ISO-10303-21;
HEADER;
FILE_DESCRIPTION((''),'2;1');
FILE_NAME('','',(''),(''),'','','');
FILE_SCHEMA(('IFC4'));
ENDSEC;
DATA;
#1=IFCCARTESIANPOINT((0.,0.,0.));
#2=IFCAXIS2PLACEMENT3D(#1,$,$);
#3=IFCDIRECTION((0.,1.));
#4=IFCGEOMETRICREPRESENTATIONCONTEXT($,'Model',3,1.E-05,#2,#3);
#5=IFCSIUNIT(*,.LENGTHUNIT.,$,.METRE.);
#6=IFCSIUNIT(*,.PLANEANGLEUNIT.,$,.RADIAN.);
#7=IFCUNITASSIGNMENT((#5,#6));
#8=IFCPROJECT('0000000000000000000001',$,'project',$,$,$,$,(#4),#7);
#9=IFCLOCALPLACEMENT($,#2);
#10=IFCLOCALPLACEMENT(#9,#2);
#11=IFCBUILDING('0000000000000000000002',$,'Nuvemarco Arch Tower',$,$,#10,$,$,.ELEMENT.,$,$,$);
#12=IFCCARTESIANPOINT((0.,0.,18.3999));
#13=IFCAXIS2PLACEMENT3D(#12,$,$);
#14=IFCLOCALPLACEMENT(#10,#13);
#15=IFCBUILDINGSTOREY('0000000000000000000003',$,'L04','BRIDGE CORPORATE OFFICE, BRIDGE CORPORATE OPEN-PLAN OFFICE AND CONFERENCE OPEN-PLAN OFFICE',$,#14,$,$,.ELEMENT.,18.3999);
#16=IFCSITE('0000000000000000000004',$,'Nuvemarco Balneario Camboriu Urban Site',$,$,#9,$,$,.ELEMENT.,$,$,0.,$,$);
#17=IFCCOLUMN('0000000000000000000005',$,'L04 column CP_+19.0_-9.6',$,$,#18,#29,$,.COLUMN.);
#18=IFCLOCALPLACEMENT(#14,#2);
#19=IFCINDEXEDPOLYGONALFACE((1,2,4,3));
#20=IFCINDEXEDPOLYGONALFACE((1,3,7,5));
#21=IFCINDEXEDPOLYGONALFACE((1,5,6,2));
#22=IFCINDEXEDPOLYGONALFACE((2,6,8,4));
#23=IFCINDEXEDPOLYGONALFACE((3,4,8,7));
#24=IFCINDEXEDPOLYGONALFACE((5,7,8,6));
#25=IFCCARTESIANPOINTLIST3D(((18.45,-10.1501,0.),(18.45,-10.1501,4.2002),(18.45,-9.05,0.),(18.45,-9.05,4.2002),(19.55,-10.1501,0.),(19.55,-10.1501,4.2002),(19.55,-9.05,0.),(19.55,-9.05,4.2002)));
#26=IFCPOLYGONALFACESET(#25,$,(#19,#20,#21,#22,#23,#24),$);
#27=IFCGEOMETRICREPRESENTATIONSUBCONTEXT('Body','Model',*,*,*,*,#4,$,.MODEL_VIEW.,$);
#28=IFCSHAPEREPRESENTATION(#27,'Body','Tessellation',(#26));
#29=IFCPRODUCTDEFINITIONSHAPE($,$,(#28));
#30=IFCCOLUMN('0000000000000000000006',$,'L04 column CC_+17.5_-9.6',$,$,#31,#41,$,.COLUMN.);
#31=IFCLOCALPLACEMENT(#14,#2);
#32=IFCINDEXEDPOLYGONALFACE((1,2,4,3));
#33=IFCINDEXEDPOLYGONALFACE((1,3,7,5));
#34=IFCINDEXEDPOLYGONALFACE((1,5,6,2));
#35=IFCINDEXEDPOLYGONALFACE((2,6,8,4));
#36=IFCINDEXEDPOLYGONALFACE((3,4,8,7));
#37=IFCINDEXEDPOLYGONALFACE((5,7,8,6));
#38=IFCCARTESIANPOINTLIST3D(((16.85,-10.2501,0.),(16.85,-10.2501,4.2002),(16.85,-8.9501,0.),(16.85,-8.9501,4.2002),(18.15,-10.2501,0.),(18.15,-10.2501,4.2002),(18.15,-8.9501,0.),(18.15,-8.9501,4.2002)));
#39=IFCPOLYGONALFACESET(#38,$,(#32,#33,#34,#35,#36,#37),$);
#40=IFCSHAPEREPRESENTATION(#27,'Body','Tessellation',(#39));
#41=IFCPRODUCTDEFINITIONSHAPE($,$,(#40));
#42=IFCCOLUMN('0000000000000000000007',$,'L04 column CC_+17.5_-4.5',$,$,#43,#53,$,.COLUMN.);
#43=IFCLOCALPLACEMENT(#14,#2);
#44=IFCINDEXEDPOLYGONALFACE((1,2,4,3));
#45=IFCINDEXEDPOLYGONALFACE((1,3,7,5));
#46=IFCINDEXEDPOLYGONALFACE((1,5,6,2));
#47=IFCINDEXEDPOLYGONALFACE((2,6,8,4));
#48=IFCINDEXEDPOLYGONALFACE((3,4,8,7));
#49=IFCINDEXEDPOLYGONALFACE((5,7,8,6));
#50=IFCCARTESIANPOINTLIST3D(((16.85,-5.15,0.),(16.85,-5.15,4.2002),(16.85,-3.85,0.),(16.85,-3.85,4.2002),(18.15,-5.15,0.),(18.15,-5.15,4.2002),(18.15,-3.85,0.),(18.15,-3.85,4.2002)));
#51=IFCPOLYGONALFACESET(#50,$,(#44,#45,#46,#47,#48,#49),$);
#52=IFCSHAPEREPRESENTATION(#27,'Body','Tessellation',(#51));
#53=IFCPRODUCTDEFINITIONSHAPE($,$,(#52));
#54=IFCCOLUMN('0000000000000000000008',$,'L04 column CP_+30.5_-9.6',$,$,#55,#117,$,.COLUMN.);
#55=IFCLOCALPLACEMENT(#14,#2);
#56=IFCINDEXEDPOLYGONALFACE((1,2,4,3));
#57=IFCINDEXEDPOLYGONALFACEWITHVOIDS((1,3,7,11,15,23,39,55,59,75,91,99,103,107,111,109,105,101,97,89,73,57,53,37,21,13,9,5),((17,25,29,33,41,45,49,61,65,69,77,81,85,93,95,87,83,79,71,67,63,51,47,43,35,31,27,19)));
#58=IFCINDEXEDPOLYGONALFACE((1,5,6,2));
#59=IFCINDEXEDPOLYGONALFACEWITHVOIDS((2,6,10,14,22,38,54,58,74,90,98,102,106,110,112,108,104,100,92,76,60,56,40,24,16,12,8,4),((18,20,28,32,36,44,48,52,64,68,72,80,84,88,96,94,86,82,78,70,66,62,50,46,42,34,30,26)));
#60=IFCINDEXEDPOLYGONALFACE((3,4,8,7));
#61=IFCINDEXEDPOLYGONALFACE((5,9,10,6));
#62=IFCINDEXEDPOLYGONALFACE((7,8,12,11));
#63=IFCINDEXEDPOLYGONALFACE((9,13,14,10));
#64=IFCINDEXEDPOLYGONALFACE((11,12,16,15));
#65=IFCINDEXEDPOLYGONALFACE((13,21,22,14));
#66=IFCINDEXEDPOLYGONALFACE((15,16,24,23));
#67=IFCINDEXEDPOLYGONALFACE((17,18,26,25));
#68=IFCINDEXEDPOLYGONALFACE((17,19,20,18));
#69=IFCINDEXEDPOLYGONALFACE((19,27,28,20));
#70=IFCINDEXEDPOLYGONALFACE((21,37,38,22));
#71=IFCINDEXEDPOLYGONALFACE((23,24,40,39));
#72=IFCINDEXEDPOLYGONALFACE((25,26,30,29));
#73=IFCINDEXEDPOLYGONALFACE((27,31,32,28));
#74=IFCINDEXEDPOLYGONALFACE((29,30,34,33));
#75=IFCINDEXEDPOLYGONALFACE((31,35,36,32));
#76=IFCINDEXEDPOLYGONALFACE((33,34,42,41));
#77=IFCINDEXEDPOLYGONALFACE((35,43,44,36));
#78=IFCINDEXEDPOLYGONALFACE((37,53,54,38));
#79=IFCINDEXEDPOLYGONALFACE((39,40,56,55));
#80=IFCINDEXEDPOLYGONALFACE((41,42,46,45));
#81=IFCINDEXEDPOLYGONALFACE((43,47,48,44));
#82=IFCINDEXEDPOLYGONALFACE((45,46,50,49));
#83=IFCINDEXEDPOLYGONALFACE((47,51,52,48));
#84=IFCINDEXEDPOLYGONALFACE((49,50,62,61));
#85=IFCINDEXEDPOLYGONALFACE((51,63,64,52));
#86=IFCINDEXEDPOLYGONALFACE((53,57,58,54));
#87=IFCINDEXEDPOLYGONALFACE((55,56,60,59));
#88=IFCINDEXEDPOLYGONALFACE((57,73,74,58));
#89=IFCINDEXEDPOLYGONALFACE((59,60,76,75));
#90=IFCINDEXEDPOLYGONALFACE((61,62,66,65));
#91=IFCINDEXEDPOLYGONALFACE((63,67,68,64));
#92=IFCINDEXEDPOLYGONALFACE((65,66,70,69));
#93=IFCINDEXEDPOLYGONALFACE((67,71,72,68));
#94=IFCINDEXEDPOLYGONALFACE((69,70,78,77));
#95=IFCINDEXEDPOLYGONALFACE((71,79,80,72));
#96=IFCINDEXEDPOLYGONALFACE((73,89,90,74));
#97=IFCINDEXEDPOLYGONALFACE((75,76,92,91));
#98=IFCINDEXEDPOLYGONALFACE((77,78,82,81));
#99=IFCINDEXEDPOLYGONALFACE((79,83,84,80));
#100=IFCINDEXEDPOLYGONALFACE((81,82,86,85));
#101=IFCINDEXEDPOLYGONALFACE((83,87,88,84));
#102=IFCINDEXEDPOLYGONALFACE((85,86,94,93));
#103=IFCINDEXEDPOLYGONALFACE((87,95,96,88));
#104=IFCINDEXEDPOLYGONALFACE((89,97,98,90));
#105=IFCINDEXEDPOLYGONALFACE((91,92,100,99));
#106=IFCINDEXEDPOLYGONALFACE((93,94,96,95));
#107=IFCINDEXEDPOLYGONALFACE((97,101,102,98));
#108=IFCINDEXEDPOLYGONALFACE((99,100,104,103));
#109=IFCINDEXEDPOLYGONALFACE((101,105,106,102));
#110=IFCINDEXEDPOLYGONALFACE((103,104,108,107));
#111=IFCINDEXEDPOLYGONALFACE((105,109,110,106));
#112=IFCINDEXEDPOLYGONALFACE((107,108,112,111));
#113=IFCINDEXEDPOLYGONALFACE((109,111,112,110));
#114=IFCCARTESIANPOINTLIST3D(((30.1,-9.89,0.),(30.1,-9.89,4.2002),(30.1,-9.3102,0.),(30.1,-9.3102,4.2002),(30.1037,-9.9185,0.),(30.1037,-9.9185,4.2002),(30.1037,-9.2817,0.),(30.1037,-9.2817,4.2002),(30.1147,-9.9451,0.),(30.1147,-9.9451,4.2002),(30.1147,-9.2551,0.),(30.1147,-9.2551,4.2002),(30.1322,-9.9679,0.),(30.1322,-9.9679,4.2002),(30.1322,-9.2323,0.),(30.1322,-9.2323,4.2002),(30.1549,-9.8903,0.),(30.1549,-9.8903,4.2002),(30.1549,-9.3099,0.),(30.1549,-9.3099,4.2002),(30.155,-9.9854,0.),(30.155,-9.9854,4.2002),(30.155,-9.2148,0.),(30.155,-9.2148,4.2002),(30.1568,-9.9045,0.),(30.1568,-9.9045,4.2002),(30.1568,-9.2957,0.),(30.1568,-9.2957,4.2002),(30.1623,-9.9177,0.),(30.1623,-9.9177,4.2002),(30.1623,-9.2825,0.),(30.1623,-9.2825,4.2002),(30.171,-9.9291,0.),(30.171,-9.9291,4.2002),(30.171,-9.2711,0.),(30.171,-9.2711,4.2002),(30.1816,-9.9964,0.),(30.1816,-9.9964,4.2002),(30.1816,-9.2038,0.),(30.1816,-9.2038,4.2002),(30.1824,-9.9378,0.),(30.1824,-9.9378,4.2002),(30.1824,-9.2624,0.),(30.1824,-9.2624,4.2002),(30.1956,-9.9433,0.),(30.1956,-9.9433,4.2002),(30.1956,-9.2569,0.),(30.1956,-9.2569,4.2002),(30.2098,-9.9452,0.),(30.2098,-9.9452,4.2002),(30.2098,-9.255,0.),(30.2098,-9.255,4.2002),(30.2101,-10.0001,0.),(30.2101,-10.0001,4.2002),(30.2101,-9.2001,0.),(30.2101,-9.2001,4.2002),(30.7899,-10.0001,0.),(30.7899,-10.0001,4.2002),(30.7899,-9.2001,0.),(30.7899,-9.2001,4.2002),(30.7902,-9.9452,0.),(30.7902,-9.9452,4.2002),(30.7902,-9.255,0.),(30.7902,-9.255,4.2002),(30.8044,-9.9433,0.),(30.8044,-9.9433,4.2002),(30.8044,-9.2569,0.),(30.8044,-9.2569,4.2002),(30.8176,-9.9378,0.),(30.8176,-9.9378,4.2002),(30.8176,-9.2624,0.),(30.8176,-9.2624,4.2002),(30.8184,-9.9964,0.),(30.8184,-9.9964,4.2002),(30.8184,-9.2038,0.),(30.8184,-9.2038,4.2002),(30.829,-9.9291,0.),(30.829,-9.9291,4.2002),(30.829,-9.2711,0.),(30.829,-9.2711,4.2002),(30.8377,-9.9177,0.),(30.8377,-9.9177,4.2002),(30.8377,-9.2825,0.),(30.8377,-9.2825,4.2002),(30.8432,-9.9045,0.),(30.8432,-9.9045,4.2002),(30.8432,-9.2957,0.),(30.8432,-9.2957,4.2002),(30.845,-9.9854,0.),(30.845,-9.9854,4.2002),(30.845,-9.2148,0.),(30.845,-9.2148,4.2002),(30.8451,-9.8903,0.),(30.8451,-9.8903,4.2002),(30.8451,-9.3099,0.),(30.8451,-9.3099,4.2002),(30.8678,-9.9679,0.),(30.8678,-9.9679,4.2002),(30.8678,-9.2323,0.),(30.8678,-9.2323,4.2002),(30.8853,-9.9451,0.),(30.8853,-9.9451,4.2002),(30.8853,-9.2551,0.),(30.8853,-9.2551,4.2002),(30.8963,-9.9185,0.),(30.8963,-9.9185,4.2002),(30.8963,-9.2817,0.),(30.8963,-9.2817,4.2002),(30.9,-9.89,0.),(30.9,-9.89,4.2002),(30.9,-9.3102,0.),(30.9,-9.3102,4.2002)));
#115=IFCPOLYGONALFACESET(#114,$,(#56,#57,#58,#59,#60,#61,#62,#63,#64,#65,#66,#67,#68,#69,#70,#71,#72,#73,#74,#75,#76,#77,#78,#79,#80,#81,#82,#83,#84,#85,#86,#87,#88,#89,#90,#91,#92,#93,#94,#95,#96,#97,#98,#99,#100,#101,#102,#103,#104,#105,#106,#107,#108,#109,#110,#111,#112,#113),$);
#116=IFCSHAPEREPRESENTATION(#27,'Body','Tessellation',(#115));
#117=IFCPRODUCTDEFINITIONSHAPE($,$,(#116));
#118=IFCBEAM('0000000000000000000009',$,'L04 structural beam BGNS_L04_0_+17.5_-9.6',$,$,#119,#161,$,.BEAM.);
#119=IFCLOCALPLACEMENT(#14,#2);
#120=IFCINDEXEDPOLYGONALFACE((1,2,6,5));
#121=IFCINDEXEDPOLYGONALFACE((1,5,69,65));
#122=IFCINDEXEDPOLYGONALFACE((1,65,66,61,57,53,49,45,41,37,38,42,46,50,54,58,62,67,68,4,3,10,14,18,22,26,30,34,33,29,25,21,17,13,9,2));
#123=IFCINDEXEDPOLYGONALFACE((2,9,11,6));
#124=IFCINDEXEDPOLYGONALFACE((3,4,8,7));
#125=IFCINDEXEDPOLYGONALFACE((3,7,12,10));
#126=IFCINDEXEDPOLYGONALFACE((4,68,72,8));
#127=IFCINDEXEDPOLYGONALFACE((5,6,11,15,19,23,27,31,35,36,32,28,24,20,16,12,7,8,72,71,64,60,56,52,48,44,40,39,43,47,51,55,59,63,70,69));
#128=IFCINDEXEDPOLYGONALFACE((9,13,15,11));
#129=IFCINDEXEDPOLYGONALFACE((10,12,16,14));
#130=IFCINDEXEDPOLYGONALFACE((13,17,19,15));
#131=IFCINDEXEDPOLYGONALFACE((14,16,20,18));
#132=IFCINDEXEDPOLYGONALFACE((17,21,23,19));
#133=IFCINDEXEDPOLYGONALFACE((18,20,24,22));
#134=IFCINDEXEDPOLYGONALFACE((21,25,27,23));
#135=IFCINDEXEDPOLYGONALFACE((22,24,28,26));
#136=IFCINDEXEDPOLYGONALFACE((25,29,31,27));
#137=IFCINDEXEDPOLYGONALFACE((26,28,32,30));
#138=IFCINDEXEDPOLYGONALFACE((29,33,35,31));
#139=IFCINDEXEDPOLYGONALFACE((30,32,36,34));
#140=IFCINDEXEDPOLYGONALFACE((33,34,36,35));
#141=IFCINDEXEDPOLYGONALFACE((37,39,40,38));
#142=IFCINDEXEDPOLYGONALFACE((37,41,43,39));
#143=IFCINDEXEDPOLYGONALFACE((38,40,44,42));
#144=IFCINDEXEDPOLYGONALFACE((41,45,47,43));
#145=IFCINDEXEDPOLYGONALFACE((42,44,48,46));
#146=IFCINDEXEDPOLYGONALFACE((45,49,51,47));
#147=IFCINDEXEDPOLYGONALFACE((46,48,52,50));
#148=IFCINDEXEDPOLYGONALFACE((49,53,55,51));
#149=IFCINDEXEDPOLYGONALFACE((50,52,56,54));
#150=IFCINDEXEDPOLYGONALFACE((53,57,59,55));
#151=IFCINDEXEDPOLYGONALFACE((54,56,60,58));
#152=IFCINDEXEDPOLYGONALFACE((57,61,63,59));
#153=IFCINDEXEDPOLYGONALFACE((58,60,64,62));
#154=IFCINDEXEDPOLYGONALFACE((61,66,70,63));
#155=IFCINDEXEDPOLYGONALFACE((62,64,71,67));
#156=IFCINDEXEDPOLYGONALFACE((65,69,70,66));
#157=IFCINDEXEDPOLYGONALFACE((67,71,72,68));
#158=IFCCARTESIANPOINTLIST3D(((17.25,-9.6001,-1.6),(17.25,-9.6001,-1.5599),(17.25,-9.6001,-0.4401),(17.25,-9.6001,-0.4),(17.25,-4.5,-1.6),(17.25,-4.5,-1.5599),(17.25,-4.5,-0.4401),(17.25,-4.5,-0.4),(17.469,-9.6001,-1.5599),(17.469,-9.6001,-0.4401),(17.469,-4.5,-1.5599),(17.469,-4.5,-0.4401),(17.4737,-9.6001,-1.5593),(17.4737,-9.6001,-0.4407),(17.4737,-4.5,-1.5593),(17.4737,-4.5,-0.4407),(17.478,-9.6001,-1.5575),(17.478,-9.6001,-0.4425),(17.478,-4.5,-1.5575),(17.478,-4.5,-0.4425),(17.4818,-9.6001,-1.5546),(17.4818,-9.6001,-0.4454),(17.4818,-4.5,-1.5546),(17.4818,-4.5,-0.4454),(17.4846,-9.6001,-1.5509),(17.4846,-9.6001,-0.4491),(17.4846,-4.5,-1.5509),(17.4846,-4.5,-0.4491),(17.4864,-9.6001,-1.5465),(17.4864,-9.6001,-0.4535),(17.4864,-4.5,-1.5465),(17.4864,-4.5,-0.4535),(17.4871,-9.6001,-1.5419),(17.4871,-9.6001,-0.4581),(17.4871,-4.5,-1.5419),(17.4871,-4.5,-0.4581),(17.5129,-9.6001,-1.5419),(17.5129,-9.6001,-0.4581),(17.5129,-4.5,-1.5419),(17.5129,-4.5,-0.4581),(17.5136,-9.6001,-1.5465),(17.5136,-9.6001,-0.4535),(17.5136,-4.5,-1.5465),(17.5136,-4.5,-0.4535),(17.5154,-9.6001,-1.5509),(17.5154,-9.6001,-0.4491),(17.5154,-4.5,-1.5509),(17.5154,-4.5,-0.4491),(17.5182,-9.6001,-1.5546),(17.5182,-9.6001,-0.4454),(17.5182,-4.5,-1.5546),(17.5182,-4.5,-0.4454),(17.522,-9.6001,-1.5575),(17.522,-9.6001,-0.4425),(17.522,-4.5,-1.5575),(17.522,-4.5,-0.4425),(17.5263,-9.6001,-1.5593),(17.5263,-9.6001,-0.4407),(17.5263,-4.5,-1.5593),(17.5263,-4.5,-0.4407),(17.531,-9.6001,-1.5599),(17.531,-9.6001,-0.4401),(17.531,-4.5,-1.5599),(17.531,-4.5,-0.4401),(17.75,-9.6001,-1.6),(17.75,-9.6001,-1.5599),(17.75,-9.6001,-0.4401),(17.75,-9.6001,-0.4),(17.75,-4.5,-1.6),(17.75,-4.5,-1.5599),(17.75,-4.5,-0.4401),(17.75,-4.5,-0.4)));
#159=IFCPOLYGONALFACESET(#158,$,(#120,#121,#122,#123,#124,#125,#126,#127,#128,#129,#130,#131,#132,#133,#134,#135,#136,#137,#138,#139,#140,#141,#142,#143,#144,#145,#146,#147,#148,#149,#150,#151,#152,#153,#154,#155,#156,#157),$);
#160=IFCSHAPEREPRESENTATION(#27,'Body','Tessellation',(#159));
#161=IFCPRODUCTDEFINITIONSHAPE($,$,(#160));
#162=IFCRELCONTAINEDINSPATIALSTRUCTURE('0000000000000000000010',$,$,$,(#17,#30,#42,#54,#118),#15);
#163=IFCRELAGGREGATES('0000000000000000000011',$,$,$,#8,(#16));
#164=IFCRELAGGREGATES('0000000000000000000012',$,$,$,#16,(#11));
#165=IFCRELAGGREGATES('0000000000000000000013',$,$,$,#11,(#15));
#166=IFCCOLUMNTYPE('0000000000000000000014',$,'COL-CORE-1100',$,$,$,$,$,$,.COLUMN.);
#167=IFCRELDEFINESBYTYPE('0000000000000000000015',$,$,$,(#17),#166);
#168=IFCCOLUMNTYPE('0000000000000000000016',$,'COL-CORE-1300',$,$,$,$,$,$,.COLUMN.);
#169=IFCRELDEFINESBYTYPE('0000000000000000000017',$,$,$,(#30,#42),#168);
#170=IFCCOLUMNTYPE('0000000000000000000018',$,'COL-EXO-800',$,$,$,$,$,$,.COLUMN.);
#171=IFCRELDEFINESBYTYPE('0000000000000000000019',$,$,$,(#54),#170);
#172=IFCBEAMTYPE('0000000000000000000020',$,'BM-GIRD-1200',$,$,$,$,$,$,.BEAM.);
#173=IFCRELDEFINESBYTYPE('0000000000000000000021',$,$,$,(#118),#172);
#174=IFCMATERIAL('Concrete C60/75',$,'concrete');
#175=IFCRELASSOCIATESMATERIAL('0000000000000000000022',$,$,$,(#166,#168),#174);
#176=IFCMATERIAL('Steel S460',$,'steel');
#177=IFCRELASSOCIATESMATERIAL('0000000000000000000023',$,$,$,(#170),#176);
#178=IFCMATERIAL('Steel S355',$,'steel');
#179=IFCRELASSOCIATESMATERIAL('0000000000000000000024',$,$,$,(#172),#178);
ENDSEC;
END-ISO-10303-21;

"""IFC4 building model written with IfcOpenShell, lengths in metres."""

from ifc_helpers import new_model, si_unit, direction, frame, origin, origin_2d, place, context, subcontext, project, spatial, rectangle, hollow_rectangle, i_section, extrude, material, material_profile, profile_set, type_object, element, save


model = new_model("IFC4")

# Units and contexts
model_context = context("Model", 3, precision=1e-05, world=origin(), true_north=direction((0.0, 1.0)))
body_context = subcontext(model_context, "Body", "Model", "MODEL_VIEW")
ifc_project = project(units=[si_unit("LENGTHUNIT", "METRE"), si_unit("PLANEANGLEUNIT", "RADIAN")], contexts=[model_context])

# Site, building, storey
site_placement = place(None, origin())
site = spatial("IfcSite", under=ifc_project, at=site_placement, Name="Nuvemarco Balneario Camboriu Urban Site", CompositionType="ELEMENT", RefElevation=0.0)
building_placement = place(site_placement, origin())
building = spatial("IfcBuilding", under=site, at=building_placement, Name="Nuvemarco Arch Tower", CompositionType="ELEMENT")
storey_placement = place(building_placement, frame((0.0, 0.0, 18.3999)))
storey = spatial("IfcBuildingStorey", under=building, at=storey_placement, Name="L04", Description="BRIDGE CORPORATE OFFICE, BRIDGE CORPORATE OPEN-PLAN OFFICE AND CONFERENCE OPEN-PLAN OFFICE", CompositionType="ELEMENT", Elevation=18.3999)

# Columns
ifc_material_1 = material(Name="Concrete C60/75", Category="concrete")
ifc_material_profile_1 = material_profile(ifc_material_1, rectangle(XDim=1.1001, YDim=1.1001, at=origin_2d()), Name="RC-COL-1100x1100")
ifc_profile_set_1 = profile_set([ifc_material_profile_1], Name="Concrete C60/75")
column_type_1 = type_object("IfcColumnType", Name="COL-CORE-1100", PredefinedType="COLUMN", material=ifc_profile_set_1)
column_1_placement = place(storey_placement, frame((19.0, -9.6001, 0.0), z_axis=(0.0, 0.0, 1.0), x_axis=(1.0, 0.0, 0.0)))
element("IfcColumn", 1, at=column_1_placement, inside=storey, type_object=column_type_1, Name="L04 column CP_+19.0_-9.6", PredefinedType="COLUMN", context=body_context, shape_type="SweptSolid", body=[
    extrude(rectangle(XDim=1.1001, YDim=1.1001, at=origin_2d()), origin(), (0.0, 0.0, 1.0), 4.2002),
])
ifc_material_profile_2 = material_profile(ifc_material_1, rectangle(XDim=1.3, YDim=1.3, at=origin_2d()), Name="RC-COL-1300x1300")
ifc_profile_set_2 = profile_set([ifc_material_profile_2], Name="Concrete C60/75")
column_type_2 = type_object("IfcColumnType", Name="COL-CORE-1300", PredefinedType="COLUMN", material=ifc_profile_set_2)
for number, where, z_axis, x_axis, name in (
    (2, (17.5, -9.6001, 0.0), (0.0, 0.0, 1.0), (1.0, 0.0, 0.0), "L04 column CC_+17.5_-9.6"),
    (3, (17.5, -4.5, 0.0), (0.0, 0.0, 1.0), (1.0, 0.0, 0.0), "L04 column CC_+17.5_-4.5"),
):
    element("IfcColumn", number, at=place(storey_placement, frame(where, z_axis=z_axis, x_axis=x_axis)), inside=storey, type_object=column_type_2, Name=name, PredefinedType="COLUMN", context=body_context, shape_type="SweptSolid", body=[
        extrude(rectangle(XDim=1.3, YDim=1.3, at=origin_2d()), origin(), (0.0, 0.0, 1.0), 4.2002),
    ])
ifc_material_2 = material(Name="Steel S460", Category="steel")
ifc_material_profile_3 = material_profile(ifc_material_2, hollow_rectangle(XDim=0.8, YDim=0.8, WallThickness=0.0549, InnerFilletRadius=0.0549, OuterFilletRadius=0.1101, at=origin_2d()), Name="SHS800x800x55")
ifc_profile_set_3 = profile_set([ifc_material_profile_3], Name="Steel S460")
column_type_3 = type_object("IfcColumnType", Name="COL-EXO-800", PredefinedType="COLUMN", material=ifc_profile_set_3)
column_2_placement = place(storey_placement, frame((30.5, -9.6001, 0.0), z_axis=(0.0, 0.0, 1.0), x_axis=(1.0, 0.0, 0.0)))
element("IfcColumn", 4, at=column_2_placement, inside=storey, type_object=column_type_3, Name="L04 column CP_+30.5_-9.6", PredefinedType="COLUMN", context=body_context, shape_type="SweptSolid", body=[
    extrude(hollow_rectangle(XDim=0.8, YDim=0.8, WallThickness=0.0549, InnerFilletRadius=0.0549, OuterFilletRadius=0.1101, at=origin_2d()), origin(), (0.0, 0.0, 1.0), 4.2002),
])

# Beam
ifc_material_3 = material(Name="Steel S355", Category="steel")
ifc_material_profile_4 = material_profile(ifc_material_3, i_section(OverallWidth=0.5, OverallDepth=1.2, WebThickness=0.0259, FlangeThickness=0.04, FilletRadius=0.0181, at=origin_2d()), Name="PG1200x500")
ifc_profile_set_4 = profile_set([ifc_material_profile_4], Name="Steel S355")
beam_type_1 = type_object("IfcBeamType", Name="BM-GIRD-1200", PredefinedType="BEAM", material=ifc_profile_set_4)
beam_1_placement = place(storey_placement, frame((17.5, -9.6001, -1.0), z_axis=(0.0, 1.0, 0.0), x_axis=(-1.0, 0.0, 0.0)))
element("IfcBeam", 5, at=beam_1_placement, inside=storey, type_object=beam_type_1, Name="L04 structural beam BGNS_L04_0_+17.5_-9.6", PredefinedType="BEAM", context=body_context, shape_type="SweptSolid", body=[
    extrude(i_section(OverallWidth=0.5, OverallDepth=1.2, WebThickness=0.0259, FlangeThickness=0.04, FilletRadius=0.0181, at=origin_2d()), origin(), (0.0, 0.0, 1.0), 5.1001),
])

save(model, "model.ifc")
